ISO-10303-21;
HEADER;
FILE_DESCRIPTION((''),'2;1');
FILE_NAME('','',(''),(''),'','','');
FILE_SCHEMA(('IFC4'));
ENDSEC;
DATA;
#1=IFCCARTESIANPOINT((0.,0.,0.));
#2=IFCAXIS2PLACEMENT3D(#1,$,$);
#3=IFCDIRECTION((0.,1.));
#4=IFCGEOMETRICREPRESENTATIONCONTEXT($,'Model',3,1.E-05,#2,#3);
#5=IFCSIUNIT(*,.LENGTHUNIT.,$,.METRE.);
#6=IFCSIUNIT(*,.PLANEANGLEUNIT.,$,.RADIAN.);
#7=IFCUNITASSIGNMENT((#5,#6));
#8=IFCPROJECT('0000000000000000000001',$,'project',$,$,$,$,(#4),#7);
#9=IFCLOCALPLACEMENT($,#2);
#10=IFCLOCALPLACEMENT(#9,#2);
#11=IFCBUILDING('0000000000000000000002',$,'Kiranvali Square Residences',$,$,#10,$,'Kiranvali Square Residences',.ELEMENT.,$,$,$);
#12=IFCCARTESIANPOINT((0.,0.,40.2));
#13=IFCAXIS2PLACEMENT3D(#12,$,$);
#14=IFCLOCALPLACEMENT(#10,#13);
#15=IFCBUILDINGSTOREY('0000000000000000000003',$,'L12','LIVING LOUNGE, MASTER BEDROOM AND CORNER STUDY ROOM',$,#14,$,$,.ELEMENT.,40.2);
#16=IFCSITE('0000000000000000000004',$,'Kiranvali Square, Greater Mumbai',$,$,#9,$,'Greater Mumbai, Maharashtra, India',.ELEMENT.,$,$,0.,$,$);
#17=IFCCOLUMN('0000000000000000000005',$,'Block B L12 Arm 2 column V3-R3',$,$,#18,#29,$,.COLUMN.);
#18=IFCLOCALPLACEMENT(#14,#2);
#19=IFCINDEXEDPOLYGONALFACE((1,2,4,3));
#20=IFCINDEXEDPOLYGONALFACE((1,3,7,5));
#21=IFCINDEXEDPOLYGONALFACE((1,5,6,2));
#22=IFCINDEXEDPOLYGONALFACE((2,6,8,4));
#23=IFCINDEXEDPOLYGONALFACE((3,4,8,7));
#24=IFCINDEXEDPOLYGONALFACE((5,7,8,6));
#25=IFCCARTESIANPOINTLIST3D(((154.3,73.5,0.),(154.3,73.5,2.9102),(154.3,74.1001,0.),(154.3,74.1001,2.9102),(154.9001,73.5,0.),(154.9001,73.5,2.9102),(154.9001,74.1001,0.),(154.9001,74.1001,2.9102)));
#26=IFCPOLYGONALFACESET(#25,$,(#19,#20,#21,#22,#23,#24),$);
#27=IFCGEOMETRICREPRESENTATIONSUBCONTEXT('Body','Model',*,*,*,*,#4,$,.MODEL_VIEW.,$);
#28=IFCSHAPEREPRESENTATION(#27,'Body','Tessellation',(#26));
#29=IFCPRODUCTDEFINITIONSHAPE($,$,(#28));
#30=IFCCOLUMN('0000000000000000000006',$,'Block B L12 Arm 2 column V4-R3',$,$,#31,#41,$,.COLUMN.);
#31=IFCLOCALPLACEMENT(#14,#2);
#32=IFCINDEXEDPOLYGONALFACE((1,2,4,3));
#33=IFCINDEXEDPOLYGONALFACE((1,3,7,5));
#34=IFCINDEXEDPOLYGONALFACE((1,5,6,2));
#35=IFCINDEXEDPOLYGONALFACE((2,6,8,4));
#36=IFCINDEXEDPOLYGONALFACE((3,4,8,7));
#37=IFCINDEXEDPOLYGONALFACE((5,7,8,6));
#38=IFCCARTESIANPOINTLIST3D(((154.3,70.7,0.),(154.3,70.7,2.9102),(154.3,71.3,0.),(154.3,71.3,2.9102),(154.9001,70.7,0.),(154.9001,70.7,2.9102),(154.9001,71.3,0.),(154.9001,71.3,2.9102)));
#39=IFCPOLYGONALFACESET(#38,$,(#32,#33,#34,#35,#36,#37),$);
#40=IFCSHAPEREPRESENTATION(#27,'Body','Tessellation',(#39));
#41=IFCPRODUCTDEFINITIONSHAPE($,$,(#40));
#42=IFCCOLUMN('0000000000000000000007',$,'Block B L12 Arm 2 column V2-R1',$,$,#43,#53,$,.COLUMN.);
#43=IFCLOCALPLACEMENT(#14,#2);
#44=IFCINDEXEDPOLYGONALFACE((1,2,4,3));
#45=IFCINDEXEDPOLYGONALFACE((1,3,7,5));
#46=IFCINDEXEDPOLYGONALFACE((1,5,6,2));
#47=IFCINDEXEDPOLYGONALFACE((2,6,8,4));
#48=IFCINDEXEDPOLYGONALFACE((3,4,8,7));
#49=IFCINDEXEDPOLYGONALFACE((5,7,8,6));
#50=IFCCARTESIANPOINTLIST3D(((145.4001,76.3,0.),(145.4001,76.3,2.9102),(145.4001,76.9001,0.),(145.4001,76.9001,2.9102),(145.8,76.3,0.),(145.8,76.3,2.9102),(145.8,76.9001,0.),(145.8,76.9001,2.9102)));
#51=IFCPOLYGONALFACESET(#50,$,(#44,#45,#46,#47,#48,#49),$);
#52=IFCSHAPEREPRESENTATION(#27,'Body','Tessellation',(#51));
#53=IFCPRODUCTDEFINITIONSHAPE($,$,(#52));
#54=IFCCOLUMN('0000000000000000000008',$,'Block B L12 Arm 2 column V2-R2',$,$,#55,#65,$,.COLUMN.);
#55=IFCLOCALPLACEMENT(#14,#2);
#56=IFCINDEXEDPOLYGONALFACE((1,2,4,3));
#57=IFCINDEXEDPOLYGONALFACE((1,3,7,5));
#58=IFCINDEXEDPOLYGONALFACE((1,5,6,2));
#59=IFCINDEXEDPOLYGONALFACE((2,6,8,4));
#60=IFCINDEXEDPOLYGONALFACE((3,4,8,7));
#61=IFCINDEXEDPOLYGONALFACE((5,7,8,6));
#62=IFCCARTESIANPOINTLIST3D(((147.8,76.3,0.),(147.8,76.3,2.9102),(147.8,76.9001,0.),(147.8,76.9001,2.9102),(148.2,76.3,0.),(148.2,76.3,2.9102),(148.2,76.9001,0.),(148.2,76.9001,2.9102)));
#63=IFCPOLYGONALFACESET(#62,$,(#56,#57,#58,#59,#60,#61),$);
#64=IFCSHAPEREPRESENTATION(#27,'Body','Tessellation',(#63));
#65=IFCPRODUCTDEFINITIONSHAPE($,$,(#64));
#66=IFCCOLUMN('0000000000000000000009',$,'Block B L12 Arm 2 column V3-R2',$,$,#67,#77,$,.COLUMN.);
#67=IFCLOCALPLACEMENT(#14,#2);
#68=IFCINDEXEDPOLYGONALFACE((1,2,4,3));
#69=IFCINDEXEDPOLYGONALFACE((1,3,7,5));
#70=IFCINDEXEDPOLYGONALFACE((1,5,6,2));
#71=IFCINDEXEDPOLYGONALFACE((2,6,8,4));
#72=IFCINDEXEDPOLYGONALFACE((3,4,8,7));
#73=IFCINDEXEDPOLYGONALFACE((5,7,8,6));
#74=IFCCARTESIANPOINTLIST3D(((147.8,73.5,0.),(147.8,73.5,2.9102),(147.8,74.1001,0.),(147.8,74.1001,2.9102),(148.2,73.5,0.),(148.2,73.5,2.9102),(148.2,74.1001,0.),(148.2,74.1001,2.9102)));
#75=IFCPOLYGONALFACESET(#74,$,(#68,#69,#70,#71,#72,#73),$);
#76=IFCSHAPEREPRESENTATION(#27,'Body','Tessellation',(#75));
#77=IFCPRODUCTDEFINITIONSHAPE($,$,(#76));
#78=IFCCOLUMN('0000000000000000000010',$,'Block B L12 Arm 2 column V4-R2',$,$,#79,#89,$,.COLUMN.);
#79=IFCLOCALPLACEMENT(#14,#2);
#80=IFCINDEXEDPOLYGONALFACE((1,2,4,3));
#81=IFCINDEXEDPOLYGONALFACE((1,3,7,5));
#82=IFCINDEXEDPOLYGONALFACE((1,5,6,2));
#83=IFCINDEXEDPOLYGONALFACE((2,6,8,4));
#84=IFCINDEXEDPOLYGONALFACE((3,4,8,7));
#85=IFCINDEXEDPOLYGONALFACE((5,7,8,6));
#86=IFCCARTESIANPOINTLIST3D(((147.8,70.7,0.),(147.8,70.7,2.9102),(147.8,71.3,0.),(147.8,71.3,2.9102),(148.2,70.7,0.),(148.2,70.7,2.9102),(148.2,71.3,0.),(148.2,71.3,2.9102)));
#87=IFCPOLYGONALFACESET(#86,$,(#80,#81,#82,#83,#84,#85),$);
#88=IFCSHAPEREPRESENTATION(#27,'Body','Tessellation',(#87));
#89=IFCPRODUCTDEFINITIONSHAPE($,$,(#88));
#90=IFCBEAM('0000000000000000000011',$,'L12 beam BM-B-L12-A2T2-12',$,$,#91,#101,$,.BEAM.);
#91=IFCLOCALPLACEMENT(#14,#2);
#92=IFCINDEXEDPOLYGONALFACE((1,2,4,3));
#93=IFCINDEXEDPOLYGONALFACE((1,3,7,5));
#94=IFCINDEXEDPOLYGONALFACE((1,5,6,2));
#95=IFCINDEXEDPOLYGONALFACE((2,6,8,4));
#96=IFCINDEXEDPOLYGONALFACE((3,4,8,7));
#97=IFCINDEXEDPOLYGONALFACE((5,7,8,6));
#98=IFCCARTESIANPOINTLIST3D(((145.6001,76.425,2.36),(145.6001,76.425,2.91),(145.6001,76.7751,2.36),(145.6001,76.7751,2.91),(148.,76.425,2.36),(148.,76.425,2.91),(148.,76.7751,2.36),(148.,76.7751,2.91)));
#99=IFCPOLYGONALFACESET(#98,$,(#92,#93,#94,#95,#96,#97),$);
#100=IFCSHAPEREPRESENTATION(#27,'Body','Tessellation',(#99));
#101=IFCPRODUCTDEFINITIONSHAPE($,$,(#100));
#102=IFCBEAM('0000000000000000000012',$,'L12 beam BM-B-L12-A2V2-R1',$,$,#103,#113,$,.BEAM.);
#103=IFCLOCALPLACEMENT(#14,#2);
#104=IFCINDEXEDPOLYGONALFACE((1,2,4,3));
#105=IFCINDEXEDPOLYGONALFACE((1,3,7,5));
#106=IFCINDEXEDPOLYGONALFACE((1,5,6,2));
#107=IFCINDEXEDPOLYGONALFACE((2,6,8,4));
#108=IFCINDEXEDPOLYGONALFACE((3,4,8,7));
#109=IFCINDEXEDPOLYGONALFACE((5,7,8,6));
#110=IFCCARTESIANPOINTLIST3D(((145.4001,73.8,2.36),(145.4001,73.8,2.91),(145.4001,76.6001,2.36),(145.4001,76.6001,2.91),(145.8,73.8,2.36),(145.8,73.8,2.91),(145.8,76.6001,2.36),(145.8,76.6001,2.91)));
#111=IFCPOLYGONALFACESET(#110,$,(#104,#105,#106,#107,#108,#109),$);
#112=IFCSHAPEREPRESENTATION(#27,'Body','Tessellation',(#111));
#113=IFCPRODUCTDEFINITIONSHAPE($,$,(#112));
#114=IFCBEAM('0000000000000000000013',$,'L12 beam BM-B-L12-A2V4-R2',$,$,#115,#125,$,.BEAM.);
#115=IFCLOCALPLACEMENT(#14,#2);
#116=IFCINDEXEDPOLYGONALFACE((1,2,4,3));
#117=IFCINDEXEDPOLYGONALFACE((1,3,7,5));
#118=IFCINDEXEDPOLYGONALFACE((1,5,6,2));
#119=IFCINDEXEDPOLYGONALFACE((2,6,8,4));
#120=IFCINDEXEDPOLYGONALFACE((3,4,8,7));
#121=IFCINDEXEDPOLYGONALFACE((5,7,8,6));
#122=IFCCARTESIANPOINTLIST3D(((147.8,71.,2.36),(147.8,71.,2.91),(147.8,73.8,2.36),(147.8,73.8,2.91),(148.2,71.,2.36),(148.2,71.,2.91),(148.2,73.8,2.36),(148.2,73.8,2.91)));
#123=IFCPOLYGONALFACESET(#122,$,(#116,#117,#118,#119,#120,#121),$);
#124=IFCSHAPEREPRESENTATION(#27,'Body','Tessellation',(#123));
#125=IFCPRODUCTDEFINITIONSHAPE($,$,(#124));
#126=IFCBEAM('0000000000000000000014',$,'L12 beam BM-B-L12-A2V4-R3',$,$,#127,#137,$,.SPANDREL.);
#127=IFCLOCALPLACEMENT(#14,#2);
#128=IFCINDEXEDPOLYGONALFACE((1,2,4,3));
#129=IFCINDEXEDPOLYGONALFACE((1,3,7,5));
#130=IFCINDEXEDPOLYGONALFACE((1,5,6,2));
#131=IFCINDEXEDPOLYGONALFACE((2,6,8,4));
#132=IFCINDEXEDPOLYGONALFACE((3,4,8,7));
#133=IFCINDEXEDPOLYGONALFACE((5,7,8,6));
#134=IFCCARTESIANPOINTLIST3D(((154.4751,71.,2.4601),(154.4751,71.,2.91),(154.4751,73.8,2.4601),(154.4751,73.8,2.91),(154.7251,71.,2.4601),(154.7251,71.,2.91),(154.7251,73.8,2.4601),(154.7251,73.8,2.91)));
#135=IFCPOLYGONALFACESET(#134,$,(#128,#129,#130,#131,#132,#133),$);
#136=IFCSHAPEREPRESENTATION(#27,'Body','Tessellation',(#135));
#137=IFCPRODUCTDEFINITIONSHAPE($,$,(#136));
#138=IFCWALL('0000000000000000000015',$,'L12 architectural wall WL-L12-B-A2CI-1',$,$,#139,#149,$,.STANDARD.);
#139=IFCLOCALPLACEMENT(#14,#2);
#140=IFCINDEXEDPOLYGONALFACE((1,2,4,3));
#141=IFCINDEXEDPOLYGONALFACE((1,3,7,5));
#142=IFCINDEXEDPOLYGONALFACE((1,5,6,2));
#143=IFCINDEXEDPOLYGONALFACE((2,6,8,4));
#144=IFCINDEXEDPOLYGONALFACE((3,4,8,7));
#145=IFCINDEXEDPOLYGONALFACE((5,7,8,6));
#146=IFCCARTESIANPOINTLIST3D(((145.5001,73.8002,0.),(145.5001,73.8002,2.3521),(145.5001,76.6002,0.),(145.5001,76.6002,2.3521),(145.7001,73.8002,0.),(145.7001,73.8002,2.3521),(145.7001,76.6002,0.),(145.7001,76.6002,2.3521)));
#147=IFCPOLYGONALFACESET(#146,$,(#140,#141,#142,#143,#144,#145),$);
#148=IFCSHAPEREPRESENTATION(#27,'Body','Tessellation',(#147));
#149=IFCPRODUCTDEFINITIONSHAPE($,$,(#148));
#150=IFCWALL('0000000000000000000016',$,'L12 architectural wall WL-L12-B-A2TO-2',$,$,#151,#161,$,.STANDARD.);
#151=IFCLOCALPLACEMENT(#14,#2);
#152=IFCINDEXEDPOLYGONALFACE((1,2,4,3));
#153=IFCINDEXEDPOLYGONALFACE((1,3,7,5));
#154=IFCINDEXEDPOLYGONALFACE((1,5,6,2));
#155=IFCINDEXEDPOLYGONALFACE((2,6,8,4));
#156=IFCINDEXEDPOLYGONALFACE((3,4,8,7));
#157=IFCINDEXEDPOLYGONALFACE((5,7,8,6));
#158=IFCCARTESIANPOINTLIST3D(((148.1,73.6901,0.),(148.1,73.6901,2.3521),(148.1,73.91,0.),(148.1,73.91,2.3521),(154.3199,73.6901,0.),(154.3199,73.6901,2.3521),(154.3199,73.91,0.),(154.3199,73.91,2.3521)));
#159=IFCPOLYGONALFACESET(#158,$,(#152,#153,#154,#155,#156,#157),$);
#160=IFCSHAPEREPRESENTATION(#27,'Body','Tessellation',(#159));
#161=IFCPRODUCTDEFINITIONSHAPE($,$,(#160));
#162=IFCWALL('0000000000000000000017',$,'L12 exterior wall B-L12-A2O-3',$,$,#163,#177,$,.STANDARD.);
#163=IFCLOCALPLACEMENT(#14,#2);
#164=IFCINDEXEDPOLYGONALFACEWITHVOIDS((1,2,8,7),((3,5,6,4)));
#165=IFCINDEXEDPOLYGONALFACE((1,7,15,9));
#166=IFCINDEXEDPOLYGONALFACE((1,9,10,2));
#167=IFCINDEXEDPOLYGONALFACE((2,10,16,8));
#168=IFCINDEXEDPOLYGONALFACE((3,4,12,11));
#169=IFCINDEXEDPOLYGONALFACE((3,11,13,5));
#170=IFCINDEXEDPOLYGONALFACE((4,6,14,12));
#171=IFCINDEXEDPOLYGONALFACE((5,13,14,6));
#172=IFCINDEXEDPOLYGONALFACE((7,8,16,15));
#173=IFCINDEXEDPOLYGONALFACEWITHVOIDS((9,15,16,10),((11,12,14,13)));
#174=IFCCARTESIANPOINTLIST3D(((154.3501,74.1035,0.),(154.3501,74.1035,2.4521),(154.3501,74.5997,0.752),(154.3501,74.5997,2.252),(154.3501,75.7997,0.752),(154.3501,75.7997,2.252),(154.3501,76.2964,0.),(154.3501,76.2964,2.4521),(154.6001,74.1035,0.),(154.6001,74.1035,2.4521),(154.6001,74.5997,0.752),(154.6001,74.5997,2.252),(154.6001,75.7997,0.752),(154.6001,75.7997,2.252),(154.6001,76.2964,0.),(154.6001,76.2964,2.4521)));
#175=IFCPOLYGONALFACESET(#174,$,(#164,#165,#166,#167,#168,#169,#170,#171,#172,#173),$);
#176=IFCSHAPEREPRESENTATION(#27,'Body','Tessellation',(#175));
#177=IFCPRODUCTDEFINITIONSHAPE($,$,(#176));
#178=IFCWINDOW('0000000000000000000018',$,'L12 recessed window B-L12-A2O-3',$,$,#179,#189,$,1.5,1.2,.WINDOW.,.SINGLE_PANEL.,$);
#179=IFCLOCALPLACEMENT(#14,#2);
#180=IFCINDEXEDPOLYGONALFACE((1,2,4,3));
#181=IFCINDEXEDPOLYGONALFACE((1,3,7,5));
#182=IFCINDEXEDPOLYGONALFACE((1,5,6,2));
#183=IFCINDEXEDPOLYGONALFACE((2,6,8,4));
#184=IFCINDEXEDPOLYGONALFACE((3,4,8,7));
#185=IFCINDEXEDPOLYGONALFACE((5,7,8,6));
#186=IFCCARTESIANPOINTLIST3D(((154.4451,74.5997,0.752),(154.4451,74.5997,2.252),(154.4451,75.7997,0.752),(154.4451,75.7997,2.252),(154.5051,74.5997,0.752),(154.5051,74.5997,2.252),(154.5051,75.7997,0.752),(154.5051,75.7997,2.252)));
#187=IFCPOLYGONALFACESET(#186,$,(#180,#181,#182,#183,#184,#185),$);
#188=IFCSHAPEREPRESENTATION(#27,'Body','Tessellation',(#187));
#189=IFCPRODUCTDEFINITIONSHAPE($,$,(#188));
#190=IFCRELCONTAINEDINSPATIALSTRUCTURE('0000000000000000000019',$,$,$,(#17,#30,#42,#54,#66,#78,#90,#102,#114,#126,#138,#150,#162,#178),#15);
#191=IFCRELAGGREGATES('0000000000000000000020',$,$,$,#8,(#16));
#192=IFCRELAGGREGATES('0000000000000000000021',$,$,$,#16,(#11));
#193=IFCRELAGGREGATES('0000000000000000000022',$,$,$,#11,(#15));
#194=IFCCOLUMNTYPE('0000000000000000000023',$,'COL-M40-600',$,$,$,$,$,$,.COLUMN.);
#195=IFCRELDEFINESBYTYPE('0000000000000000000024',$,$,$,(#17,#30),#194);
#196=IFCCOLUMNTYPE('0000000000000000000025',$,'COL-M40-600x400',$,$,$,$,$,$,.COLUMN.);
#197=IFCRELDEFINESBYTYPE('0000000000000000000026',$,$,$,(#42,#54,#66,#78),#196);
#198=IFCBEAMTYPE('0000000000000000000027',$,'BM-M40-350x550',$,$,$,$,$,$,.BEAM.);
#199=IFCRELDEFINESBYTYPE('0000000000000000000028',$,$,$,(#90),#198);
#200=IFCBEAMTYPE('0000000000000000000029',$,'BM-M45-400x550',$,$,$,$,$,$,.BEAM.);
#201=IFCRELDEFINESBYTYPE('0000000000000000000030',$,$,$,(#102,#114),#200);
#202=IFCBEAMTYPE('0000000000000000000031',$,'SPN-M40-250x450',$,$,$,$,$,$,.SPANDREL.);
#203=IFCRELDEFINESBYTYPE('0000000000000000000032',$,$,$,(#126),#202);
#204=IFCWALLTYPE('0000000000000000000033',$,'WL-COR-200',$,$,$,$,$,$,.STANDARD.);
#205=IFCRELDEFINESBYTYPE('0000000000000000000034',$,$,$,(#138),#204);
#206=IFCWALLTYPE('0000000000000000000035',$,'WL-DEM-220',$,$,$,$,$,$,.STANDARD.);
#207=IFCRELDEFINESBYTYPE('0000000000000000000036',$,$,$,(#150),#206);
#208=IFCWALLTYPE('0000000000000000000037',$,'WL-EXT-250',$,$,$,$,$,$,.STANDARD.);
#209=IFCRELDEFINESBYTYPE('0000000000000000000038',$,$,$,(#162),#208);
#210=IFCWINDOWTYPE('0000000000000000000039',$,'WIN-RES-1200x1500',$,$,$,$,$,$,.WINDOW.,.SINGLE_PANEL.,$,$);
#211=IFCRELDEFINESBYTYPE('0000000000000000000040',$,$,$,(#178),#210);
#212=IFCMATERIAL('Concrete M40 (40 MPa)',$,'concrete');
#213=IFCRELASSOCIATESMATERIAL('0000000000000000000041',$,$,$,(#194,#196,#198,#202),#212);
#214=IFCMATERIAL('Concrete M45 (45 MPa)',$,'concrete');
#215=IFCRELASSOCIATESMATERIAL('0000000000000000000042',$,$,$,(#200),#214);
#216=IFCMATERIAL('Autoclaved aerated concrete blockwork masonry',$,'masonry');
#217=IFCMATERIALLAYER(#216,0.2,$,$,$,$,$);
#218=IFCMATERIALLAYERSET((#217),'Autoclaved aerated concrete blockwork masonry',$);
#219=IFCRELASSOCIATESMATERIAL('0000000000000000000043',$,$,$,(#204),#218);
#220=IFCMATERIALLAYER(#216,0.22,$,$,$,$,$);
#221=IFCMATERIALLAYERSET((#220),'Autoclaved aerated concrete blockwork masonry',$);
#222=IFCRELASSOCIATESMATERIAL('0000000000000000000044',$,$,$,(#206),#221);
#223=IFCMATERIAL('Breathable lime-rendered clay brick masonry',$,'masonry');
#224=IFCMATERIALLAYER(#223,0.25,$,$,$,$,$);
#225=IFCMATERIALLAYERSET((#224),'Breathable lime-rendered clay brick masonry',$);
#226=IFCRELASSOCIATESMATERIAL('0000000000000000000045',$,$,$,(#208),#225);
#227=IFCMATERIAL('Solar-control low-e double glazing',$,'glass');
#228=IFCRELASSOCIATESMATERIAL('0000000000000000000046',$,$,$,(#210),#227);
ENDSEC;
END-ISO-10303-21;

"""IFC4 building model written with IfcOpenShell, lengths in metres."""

from ifc_helpers import new_model, si_unit, direction, frame, frame_2d, origin, origin_2d, place, context, subcontext, project, spatial, rectangle, extrude, material, layer, layer_set, material_profile, profile_set, type_object, element, fill, save


model = new_model("IFC4")

# Units and contexts
model_context = context("Model", 3, precision=1e-05, world=origin(), true_north=direction((0.0, 1.0)))
body_context = subcontext(model_context, "Body", "Model", "MODEL_VIEW")
ifc_project = project(units=[si_unit("LENGTHUNIT", "METRE"), si_unit("PLANEANGLEUNIT", "RADIAN")], contexts=[model_context])

# Site, building, storey
site_placement = place(None, origin())
site = spatial("IfcSite", under=ifc_project, at=site_placement, Name="Kiranvali Square, Greater Mumbai", LongName="Greater Mumbai, Maharashtra, India", CompositionType="ELEMENT", RefElevation=0.0)
building_placement = place(site_placement, origin())
building = spatial("IfcBuilding", under=site, at=building_placement, Name="Kiranvali Square Residences", LongName="Kiranvali Square Residences", CompositionType="ELEMENT")
storey_placement = place(building_placement, frame((0.0, 0.0, 40.2)))
storey = spatial("IfcBuildingStorey", under=building, at=storey_placement, Name="L12", Description="LIVING LOUNGE, MASTER BEDROOM AND CORNER STUDY ROOM", CompositionType="ELEMENT", Elevation=40.2)

# Columns
ifc_material_1 = material(Name="Concrete M40 (40 MPa)", Category="concrete")
ifc_material_profile_1 = material_profile(ifc_material_1, rectangle(XDim=0.6001, YDim=0.6001, at=origin_2d()), Name="RC 600x600")
ifc_profile_set_1 = profile_set([ifc_material_profile_1], Name="Concrete M40 (40 MPa)")
column_type_1 = type_object("IfcColumnType", Name="COL-M40-600", PredefinedType="COLUMN", material=ifc_profile_set_1)
for number, where, z_axis, x_axis, name in (
    (1, (154.6001, 73.8, 0.0), (0.0, 0.0, 1.0), (1.0, 0.0, 0.0), "Block B L12 Arm 2 column V3-R3"),
    (2, (154.6001, 71.0, 0.0), (0.0, 0.0, 1.0), (1.0, 0.0, 0.0), "Block B L12 Arm 2 column V4-R3"),
):
    element("IfcColumn", number, at=place(storey_placement, frame(where, z_axis=z_axis, x_axis=x_axis)), inside=storey, type_object=column_type_1, Name=name, PredefinedType="COLUMN", context=body_context, shape_type="SweptSolid", body=[
        extrude(rectangle(XDim=0.6001, YDim=0.6001, at=origin_2d()), origin(), (0.0, 0.0, 1.0), 2.9102),
    ])
ifc_material_profile_2 = material_profile(ifc_material_1, rectangle(XDim=0.3999, YDim=0.6001, at=origin_2d()), Name="RC 600x400")
ifc_profile_set_2 = profile_set([ifc_material_profile_2], Name="Concrete M40 (40 MPa)")
column_type_2 = type_object("IfcColumnType", Name="COL-M40-600x400", PredefinedType="COLUMN", material=ifc_profile_set_2)
for number, where, z_axis, x_axis, name in (
    (3, (145.6001, 76.6001, 0.0), (0.0, 0.0, 1.0), (1.0, 0.0, 0.0), "Block B L12 Arm 2 column V2-R1"),
    (4, (148.0, 76.6001, 0.0), (0.0, 0.0, 1.0), (1.0, 0.0, 0.0), "Block B L12 Arm 2 column V2-R2"),
    (5, (148.0, 73.8, 0.0), (0.0, 0.0, 1.0), (1.0, 0.0, 0.0), "Block B L12 Arm 2 column V3-R2"),
    (6, (148.0, 71.0, 0.0), (0.0, 0.0, 1.0), (1.0, 0.0, 0.0), "Block B L12 Arm 2 column V4-R2"),
):
    element("IfcColumn", number, at=place(storey_placement, frame(where, z_axis=z_axis, x_axis=x_axis)), inside=storey, type_object=column_type_2, Name=name, PredefinedType="COLUMN", context=body_context, shape_type="SweptSolid", body=[
        extrude(rectangle(XDim=0.3999, YDim=0.6001, at=origin_2d()), origin(), (0.0, 0.0, 1.0), 2.9102),
    ])

# Beams
ifc_material_profile_3 = material_profile(ifc_material_1, rectangle(XDim=0.3501, YDim=0.55, at=origin_2d()), Name="RC 350x550")
ifc_profile_set_3 = profile_set([ifc_material_profile_3], Name="Concrete M40 (40 MPa)")
beam_type_1 = type_object("IfcBeamType", Name="BM-M40-350x550", PredefinedType="BEAM", material=ifc_profile_set_3)
beam_1_placement = place(storey_placement, frame((145.6001, 76.6001, 2.635), z_axis=(1.0, 0.0, 0.0), x_axis=(0.0, 1.0, 0.0)))
element("IfcBeam", 7, at=beam_1_placement, inside=storey, type_object=beam_type_1, Name="L12 beam BM-B-L12-A2T2-12", PredefinedType="BEAM", context=body_context, shape_type="SweptSolid", body=[
    extrude(rectangle(XDim=0.3501, YDim=0.55, at=origin_2d()), origin(), (0.0, 0.0, 1.0), 2.3999),
])
ifc_material_2 = material(Name="Concrete M45 (45 MPa)", Category="concrete")
ifc_material_profile_4 = material_profile(ifc_material_2, rectangle(XDim=0.3999, YDim=0.55, at=origin_2d()), Name="RC 400x550")
ifc_profile_set_4 = profile_set([ifc_material_profile_4], Name="Concrete M45 (45 MPa)")
beam_type_2 = type_object("IfcBeamType", Name="BM-M45-400x550", PredefinedType="BEAM", material=ifc_profile_set_4)
for number, where, z_axis, x_axis, name in (
    (8, (145.6001, 76.6001, 2.635), (0.0, -1.0, 0.0), (1.0, 0.0, 0.0), "L12 beam BM-B-L12-A2V2-R1"),
    (9, (148.0, 73.8, 2.635), (0.0, -1.0, 0.0), (1.0, 0.0, 0.0), "L12 beam BM-B-L12-A2V4-R2"),
):
    element("IfcBeam", number, at=place(storey_placement, frame(where, z_axis=z_axis, x_axis=x_axis)), inside=storey, type_object=beam_type_2, Name=name, PredefinedType="BEAM", context=body_context, shape_type="SweptSolid", body=[
        extrude(rectangle(XDim=0.3999, YDim=0.55, at=origin_2d()), origin(), (0.0, 0.0, 1.0), 2.8),
    ])
ifc_material_profile_5 = material_profile(ifc_material_1, rectangle(XDim=0.25, YDim=0.45, at=origin_2d()), Name="RC 250x450")
ifc_profile_set_5 = profile_set([ifc_material_profile_5], Name="Concrete M40 (40 MPa)")
beam_type_3 = type_object("IfcBeamType", Name="SPN-M40-250x450", PredefinedType="SPANDREL", material=ifc_profile_set_5)
beam_2_placement = place(storey_placement, frame((154.6001, 73.8, 2.6851), z_axis=(0.0, -1.0, 0.0), x_axis=(1.0, 0.0, 0.0)))
element("IfcBeam", 10, at=beam_2_placement, inside=storey, type_object=beam_type_3, Name="L12 beam BM-B-L12-A2V4-R3", PredefinedType="SPANDREL", context=body_context, shape_type="SweptSolid", body=[
    extrude(rectangle(XDim=0.25, YDim=0.45, at=origin_2d()), origin(), (0.0, 0.0, 1.0), 2.8),
])

# Wall
ifc_material_3 = material(Name="Autoclaved aerated concrete blockwork masonry", Category="masonry")
ifc_layer_1 = layer(ifc_material_3, 0.2)
ifc_layer_set_1 = layer_set([ifc_layer_1], Name="Autoclaved aerated concrete blockwork masonry")
wall_type_1 = type_object("IfcWallType", Name="WL-COR-200", PredefinedType="STANDARD", material=ifc_layer_set_1)
wall_1_placement = place(storey_placement, frame((145.6001, 76.6001, 0.0), z_axis=(0.0, 0.0, 1.0), x_axis=(0.0, -1.0, 0.0)))
element("IfcWall", 11, at=wall_1_placement, inside=storey, type_object=wall_type_1, Name="L12 architectural wall WL-L12-B-A2CI-1", PredefinedType="STANDARD", context=body_context, shape_type="SweptSolid", body=[
    extrude(rectangle(XDim=2.8, YDim=0.2, at=frame_2d((1.3999, 0.0))), origin(), (0.0, 0.0, 1.0), 2.3521),
])

# Wall
ifc_layer_2 = layer(ifc_material_3, 0.22)
ifc_layer_set_2 = layer_set([ifc_layer_2], Name="Autoclaved aerated concrete blockwork masonry")
wall_type_2 = type_object("IfcWallType", Name="WL-DEM-220", PredefinedType="STANDARD", material=ifc_layer_set_2)
wall_2_placement = place(storey_placement, frame((148.1001, 73.8, 0.0), z_axis=(0.0, 0.0, 1.0), x_axis=(1.0, 0.0, 0.0)))
element("IfcWall", 12, at=wall_2_placement, inside=storey, type_object=wall_type_2, Name="L12 architectural wall WL-L12-B-A2TO-2", PredefinedType="STANDARD", context=body_context, shape_type="SweptSolid", body=[
    extrude(rectangle(XDim=6.22, YDim=0.22, at=frame_2d((3.1099, 0.0))), origin(), (0.0, 0.0, 1.0), 2.3521),
])

# Wall, opening, window
ifc_material_4 = material(Name="Breathable lime-rendered clay brick masonry", Category="masonry")
ifc_layer_3 = layer(ifc_material_4, 0.25)
ifc_layer_set_3 = layer_set([ifc_layer_3], Name="Breathable lime-rendered clay brick masonry")
wall_type_3 = type_object("IfcWallType", Name="WL-EXT-250", PredefinedType="STANDARD", material=ifc_layer_set_3)
wall_3_placement = place(storey_placement, frame((154.4751, 76.2964, 0.0), z_axis=(0.0, 0.0, 1.0), x_axis=(0.0, -1.0, 0.0)))
wall_3 = element("IfcWall", 13, at=wall_3_placement, inside=storey, type_object=wall_type_3, Name="L12 exterior wall B-L12-A2O-3", PredefinedType="STANDARD", context=body_context, shape_type="SweptSolid", body=[
    extrude(rectangle(XDim=2.1929, YDim=0.25, at=frame_2d((1.0964, 0.0))), origin(), (0.0, 0.0, 1.0), 2.4521),
])
opening_1_placement = place(wall_3_placement, frame((0.4966, 0.0, 0.752)))
opening_1 = element("IfcOpeningElement", 14, at=opening_1_placement, cuts=wall_3, PredefinedType="OPENING", context=body_context, shape_type="SweptSolid", body=[
    extrude(rectangle(XDim=1.2, YDim=1.5, at=frame_2d((0.6001, 0.75))), frame((0.0, 0.135, 0.0), z_axis=(0.0, -1.0, 0.0), x_axis=(1.0, 0.0, 0.0)), (0.0, 0.0, 1.0), 0.27),
])
ifc_material_5 = material(Name="Solar-control low-e double glazing", Category="glass")
window_type_1 = type_object("IfcWindowType", Name="WIN-RES-1200x1500", PartitioningType="SINGLE_PANEL", PredefinedType="WINDOW", material=ifc_material_5)
window_1_placement = place(opening_1_placement, origin())
window_1 = element("IfcWindow", 15, at=window_1_placement, inside=storey, type_object=window_type_1, Name="L12 recessed window B-L12-A2O-3", OverallHeight=1.5, OverallWidth=1.2, PartitioningType="SINGLE_PANEL", PredefinedType="WINDOW", context=body_context, shape_type="SweptSolid", body=[
    extrude(rectangle(XDim=1.2, YDim=1.5, at=frame_2d((0.6001, 0.75))), frame((0.0, 0.03, 0.0), z_axis=(0.0, -1.0, 0.0), x_axis=(1.0, 0.0, 0.0)), (0.0, 0.0, 1.0), 0.0601),
])
fill(opening_1, window_1)

save(model, "model.ifc")
